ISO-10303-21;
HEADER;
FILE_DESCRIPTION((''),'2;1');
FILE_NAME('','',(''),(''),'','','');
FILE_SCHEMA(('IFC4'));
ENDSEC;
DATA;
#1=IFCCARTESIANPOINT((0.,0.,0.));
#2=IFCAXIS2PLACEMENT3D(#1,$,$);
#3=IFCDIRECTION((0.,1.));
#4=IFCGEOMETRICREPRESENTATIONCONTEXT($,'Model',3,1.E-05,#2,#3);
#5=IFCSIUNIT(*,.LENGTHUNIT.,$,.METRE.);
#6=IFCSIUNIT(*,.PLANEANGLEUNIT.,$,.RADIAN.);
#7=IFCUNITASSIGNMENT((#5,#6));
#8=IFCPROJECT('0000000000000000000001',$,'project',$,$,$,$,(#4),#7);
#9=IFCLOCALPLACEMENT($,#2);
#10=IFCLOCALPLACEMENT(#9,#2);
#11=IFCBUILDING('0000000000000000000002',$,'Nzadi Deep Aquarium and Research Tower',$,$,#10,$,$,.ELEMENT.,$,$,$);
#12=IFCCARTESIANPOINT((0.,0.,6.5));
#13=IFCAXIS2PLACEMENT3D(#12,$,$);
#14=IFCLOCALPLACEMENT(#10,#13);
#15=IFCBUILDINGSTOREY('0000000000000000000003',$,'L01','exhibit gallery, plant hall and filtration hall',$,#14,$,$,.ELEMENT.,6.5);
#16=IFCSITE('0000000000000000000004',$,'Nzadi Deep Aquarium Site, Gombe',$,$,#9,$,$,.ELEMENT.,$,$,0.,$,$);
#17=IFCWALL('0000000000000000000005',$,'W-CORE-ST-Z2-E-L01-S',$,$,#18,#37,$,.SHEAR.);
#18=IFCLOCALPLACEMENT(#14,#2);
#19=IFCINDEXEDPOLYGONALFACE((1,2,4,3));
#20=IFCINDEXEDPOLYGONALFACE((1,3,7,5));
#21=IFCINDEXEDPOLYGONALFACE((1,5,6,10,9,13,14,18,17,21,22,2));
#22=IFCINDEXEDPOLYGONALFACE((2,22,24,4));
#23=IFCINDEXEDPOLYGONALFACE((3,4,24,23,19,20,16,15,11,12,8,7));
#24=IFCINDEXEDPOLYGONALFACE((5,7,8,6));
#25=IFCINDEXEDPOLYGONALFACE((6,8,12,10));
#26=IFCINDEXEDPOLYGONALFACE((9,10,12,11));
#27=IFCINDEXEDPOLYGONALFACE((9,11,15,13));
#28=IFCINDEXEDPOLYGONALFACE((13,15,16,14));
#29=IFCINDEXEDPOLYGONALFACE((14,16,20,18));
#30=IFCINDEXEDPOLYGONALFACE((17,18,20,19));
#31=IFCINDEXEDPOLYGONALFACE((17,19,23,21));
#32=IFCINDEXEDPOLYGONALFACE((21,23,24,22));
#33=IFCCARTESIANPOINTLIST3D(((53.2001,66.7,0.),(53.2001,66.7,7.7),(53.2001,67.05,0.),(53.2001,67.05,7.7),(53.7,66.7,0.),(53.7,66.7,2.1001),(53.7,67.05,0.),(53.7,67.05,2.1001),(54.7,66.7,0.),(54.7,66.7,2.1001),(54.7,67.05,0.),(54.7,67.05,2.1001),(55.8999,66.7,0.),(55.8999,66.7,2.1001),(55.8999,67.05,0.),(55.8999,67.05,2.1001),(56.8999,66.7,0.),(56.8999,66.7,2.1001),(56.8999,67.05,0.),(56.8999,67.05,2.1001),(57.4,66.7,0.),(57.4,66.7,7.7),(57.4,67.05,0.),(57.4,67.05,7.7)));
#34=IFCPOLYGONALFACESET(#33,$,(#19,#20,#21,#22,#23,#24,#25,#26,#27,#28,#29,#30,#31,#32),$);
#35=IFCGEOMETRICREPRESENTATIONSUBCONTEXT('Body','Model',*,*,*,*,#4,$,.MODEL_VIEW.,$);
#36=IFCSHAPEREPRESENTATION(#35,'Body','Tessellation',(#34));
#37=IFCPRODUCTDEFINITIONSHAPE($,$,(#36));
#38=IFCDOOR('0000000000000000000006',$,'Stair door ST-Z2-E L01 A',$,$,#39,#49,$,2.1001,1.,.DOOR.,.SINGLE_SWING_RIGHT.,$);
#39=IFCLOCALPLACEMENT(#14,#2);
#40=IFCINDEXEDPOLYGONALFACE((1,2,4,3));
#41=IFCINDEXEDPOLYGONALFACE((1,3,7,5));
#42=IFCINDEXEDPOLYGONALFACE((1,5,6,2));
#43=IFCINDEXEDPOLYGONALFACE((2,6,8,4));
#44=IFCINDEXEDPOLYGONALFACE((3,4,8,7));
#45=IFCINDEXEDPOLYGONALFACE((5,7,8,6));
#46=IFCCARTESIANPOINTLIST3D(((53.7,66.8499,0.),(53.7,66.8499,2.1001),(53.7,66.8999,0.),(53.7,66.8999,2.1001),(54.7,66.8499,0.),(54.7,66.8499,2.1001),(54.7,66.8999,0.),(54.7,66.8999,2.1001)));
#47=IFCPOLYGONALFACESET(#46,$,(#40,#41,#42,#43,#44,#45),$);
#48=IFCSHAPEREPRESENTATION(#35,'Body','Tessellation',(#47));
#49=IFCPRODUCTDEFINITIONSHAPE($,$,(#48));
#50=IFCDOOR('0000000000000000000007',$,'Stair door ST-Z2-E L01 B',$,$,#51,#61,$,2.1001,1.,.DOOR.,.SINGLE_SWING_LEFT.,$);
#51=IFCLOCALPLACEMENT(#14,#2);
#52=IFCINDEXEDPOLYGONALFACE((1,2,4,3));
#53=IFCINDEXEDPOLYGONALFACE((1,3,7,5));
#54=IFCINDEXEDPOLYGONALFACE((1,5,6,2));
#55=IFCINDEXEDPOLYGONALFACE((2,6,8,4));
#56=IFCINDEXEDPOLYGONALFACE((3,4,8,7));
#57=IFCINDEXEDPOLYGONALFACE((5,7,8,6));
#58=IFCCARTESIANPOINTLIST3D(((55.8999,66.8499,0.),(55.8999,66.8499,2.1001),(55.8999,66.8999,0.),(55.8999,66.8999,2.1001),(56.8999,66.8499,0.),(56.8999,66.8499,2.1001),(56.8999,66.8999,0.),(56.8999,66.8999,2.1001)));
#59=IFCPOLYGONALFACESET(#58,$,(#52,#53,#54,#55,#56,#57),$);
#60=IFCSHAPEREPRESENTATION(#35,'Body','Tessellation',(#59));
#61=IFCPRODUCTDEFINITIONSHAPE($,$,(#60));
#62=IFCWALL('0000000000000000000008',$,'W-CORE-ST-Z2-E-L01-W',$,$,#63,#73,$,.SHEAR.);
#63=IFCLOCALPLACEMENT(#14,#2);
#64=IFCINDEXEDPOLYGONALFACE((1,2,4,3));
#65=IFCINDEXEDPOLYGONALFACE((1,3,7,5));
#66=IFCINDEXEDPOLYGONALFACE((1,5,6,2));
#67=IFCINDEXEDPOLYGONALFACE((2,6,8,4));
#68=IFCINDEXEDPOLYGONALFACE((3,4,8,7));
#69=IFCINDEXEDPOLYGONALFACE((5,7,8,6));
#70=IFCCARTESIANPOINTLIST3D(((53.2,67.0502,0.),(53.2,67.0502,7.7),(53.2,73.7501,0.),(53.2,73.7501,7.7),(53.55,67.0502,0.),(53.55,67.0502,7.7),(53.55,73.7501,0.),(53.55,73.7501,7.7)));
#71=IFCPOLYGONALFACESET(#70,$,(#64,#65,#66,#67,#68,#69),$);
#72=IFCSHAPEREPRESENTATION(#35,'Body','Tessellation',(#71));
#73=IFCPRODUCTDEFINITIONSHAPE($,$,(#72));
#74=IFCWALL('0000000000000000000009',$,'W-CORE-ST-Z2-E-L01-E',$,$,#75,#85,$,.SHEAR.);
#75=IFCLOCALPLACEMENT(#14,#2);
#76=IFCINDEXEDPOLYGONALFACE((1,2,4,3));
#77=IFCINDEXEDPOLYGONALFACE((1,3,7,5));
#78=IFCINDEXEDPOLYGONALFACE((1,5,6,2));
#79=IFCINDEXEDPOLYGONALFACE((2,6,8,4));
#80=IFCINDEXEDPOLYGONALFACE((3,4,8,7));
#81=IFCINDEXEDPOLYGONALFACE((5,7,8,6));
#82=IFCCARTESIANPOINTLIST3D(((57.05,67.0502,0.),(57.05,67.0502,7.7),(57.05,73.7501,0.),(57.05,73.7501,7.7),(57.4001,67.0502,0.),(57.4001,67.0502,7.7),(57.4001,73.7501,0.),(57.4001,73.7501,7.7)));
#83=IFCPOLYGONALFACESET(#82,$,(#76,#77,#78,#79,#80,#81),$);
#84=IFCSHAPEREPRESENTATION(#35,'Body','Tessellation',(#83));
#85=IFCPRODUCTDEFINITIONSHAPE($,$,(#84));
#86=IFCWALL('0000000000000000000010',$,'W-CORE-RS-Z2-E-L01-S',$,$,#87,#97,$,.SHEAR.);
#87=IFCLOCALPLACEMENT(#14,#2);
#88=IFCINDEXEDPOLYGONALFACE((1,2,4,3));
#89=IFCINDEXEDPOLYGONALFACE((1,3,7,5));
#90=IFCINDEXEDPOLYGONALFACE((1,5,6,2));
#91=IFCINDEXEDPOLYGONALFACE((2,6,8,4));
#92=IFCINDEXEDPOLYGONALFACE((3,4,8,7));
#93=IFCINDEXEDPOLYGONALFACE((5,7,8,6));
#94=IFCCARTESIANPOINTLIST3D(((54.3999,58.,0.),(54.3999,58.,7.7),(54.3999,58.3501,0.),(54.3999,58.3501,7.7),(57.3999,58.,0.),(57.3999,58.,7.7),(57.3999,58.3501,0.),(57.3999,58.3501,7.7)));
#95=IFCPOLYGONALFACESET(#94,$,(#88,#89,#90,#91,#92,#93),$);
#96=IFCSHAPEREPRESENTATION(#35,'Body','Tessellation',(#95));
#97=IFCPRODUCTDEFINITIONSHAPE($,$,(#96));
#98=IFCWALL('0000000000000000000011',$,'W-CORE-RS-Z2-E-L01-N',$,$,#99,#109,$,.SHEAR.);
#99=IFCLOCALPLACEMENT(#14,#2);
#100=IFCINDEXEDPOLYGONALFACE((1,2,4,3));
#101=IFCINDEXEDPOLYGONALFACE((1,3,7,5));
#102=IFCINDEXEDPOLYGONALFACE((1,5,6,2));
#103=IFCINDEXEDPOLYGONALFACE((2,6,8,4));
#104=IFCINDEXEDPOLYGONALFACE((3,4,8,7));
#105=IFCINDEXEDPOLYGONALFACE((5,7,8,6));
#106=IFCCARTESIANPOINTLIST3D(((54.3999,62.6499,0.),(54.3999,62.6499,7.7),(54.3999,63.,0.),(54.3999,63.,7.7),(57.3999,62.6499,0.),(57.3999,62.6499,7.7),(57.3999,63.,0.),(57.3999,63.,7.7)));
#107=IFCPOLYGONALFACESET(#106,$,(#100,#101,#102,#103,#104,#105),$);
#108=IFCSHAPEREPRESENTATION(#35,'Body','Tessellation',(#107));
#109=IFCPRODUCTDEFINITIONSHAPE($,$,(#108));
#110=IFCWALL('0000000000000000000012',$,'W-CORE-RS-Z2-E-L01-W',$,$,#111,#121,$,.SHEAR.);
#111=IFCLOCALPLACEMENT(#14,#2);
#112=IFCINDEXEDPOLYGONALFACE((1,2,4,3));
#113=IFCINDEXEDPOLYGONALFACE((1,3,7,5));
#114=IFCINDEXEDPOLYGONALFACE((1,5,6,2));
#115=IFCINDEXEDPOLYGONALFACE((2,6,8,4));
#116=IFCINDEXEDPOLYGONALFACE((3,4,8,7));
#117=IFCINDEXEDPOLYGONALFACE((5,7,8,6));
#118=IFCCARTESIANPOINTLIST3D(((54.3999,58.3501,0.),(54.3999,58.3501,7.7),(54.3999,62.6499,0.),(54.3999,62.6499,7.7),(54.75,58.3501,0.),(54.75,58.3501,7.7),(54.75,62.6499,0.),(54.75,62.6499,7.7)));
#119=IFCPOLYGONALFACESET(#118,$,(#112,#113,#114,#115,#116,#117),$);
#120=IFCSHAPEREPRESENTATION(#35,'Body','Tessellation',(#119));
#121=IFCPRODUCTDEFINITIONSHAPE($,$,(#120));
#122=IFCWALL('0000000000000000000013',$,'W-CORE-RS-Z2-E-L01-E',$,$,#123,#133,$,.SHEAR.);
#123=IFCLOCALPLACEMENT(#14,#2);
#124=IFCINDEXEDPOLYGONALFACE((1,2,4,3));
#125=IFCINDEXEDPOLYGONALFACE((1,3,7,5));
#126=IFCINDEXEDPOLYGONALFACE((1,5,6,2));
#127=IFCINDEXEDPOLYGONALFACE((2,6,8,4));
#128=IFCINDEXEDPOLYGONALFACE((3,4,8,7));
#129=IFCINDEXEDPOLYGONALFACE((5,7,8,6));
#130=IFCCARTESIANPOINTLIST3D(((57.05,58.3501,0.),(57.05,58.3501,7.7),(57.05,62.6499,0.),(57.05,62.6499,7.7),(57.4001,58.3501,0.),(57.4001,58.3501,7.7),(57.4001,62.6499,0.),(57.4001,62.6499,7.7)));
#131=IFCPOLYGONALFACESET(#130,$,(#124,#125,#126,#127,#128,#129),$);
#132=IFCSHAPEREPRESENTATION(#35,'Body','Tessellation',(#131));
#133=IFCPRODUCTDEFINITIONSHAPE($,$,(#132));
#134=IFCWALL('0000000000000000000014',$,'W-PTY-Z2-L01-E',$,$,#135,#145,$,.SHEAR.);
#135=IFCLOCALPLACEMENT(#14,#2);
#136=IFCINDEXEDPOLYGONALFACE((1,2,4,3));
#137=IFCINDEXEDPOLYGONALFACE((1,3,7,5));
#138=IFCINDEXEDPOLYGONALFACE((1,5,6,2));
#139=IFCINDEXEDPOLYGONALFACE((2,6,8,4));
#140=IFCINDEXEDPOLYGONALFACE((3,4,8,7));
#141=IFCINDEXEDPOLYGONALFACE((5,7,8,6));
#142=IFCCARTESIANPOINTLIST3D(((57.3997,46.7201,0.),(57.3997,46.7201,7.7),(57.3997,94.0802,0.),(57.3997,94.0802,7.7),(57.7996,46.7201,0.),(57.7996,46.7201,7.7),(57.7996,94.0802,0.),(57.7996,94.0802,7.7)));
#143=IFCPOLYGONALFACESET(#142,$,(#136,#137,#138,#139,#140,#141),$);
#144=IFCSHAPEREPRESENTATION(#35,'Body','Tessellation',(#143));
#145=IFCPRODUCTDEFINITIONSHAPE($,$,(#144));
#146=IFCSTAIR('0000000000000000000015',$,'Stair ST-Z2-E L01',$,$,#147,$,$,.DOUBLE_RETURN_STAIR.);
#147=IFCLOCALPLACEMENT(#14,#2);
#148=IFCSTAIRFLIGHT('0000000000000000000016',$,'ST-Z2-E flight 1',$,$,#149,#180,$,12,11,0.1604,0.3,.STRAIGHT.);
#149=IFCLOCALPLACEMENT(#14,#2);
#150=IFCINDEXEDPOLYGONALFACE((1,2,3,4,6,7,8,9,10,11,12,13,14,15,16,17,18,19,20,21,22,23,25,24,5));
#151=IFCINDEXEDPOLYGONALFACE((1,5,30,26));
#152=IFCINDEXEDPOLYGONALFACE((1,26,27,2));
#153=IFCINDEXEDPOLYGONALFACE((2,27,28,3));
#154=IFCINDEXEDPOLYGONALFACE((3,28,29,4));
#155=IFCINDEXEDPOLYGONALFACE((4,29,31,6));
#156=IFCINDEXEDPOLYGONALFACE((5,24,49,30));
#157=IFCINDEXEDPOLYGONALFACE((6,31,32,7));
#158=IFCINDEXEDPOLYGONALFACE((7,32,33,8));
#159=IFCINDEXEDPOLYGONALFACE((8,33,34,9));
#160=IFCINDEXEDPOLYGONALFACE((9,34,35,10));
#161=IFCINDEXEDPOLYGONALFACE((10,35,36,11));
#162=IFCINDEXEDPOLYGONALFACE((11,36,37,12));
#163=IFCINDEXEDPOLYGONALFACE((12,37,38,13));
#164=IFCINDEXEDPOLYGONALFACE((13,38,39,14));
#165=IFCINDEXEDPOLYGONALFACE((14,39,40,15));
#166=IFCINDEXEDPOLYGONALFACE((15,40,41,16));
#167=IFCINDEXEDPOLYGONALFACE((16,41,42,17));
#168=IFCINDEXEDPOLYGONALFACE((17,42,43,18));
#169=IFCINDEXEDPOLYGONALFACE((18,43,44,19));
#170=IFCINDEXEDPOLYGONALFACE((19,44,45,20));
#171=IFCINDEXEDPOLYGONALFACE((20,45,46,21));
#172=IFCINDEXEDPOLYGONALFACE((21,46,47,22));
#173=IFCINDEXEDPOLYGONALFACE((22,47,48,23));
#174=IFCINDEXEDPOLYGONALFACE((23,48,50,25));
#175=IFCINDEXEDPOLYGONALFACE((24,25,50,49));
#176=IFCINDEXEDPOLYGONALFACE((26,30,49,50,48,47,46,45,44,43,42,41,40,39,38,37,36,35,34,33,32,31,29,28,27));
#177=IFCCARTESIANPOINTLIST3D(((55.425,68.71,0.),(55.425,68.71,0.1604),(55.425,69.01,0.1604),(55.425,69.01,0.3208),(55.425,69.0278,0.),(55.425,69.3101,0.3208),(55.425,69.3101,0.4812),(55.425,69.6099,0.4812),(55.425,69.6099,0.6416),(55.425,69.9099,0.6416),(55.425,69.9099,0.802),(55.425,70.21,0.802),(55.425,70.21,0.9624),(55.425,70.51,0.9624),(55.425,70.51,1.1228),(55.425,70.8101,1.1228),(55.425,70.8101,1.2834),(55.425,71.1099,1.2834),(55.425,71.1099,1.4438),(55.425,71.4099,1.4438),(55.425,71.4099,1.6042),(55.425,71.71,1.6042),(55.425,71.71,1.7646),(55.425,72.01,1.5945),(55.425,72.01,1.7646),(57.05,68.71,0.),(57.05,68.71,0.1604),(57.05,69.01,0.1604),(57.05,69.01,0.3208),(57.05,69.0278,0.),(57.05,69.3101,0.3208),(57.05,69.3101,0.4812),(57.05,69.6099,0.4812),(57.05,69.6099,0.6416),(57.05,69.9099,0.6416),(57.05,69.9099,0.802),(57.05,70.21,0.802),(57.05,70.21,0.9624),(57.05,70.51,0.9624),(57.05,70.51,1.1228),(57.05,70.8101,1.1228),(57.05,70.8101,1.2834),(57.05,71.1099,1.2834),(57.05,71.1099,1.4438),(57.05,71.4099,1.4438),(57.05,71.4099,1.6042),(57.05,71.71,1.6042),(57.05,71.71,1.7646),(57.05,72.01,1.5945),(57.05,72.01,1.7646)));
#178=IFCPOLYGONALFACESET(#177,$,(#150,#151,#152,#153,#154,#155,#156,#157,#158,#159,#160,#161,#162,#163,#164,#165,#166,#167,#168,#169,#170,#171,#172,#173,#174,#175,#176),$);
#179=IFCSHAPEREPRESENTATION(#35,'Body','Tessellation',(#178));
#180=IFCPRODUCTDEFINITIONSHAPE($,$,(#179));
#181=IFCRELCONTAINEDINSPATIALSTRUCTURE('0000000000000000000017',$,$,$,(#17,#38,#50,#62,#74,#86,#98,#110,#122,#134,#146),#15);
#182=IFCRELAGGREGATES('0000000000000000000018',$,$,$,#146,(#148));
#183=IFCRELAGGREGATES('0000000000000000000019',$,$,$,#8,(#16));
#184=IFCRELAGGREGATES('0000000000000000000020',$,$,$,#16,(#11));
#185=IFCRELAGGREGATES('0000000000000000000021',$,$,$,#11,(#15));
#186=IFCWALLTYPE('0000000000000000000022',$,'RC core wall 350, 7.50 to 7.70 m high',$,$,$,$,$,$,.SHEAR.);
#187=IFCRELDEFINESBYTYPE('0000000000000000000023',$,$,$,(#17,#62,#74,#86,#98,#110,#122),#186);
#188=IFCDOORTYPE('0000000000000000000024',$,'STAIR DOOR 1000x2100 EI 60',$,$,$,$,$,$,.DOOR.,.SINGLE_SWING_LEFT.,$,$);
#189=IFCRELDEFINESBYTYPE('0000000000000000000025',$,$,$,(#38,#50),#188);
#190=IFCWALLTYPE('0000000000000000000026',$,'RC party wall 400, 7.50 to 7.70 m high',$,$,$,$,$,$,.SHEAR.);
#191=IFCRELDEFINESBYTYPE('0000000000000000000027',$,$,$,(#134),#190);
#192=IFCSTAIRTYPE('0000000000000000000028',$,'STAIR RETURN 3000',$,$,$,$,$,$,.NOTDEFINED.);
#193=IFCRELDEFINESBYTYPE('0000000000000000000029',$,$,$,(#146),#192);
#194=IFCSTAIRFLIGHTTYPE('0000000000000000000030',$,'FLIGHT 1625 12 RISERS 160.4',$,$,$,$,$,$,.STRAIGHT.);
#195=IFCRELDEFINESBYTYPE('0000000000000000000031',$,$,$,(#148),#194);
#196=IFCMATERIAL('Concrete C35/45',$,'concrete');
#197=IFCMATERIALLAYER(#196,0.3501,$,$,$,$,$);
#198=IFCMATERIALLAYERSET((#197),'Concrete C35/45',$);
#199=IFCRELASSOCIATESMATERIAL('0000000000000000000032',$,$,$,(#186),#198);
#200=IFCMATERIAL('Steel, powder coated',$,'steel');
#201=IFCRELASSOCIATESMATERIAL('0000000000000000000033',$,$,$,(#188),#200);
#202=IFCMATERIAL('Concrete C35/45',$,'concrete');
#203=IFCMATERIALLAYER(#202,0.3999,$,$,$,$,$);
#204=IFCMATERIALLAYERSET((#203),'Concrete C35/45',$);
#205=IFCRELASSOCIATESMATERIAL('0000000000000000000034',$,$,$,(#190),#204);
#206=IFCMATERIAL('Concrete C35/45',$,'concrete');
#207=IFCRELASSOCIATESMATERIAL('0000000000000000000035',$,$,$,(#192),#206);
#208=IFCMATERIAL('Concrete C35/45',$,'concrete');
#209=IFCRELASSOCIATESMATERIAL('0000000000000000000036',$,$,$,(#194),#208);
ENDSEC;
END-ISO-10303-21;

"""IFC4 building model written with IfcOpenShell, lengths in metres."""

from ifc_helpers import new_model, si_unit, direction, frame, frame_2d, origin, place, context, subcontext, project, spatial, polyline, rectangle, outline, extrude, material, layer, layer_set, type_object, element, fill, aggregate, save


model = new_model("IFC4")

# Units and contexts
model_context = context("Model", 3, precision=1e-05, world=origin(), true_north=direction((0.0, 1.0)))
body_context = subcontext(model_context, "Body", "Model", "MODEL_VIEW")
ifc_project = project(units=[si_unit("LENGTHUNIT", "METRE"), si_unit("PLANEANGLEUNIT", "RADIAN")], contexts=[model_context])

# Site, building, storey
site_placement = place(None, origin())
site = spatial("IfcSite", under=ifc_project, at=site_placement, Name="Nzadi Deep Aquarium Site, Gombe", CompositionType="ELEMENT", RefElevation=0.0)
building_placement = place(site_placement, origin())
building = spatial("IfcBuilding", under=site, at=building_placement, Name="Nzadi Deep Aquarium and Research Tower", CompositionType="ELEMENT")
storey_placement = place(building_placement, frame((0.0, 0.0, 6.5)))
storey = spatial("IfcBuildingStorey", under=building, at=storey_placement, Name="L01", Description="exhibit gallery, plant hall and filtration hall", CompositionType="ELEMENT", Elevation=6.5)

# Wall, openings, doors
ifc_material_1 = material(Name="Concrete C35/45", Category="concrete")
ifc_layer_1 = layer(ifc_material_1, 0.3501)
ifc_layer_set_1 = layer_set([ifc_layer_1], Name="Concrete C35/45")
wall_type_1 = type_object("IfcWallType", Name="RC core wall 350, 7.50 to 7.70 m high", PredefinedType="SHEAR", material=ifc_layer_set_1)
wall_1_placement = place(storey_placement, frame((53.2, 66.875, 0.0), z_axis=(0.0, 0.0, 1.0), x_axis=(1.0, 0.0, 0.0)))
wall_1 = element("IfcWall", 1, at=wall_1_placement, inside=storey, type_object=wall_type_1, Name="W-CORE-ST-Z2-E-L01-S", PredefinedType="SHEAR", context=body_context, shape_type="SweptSolid", body=[
    extrude(rectangle(XDim=4.2, YDim=0.3501, at=frame_2d((2.1001, 0.0))), origin(), (0.0, 0.0, 1.0), 7.7),
])
opening_1_placement = place(wall_1_placement, frame((0.5, 0.0, 0.0)))
opening_1 = element("IfcOpeningElement", 2, at=opening_1_placement, cuts=wall_1, PredefinedType="OPENING", context=body_context, shape_type="SweptSolid", body=[
    extrude(rectangle(XDim=1.0, YDim=2.1001, at=frame_2d((0.5, 1.05))), frame((0.0, 0.1851, 0.0), z_axis=(0.0, -1.0, 0.0), x_axis=(1.0, 0.0, 0.0)), (0.0, 0.0, 1.0), 0.3701),
])
opening_2_placement = place(wall_1_placement, frame((2.7, 0.0, 0.0)))
opening_2 = element("IfcOpeningElement", 3, at=opening_2_placement, cuts=wall_1, PredefinedType="OPENING", context=body_context, shape_type="SweptSolid", body=[
    extrude(rectangle(XDim=1.0, YDim=2.1001, at=frame_2d((0.5, 1.05))), frame((0.0, 0.1851, 0.0), z_axis=(0.0, -1.0, 0.0), x_axis=(1.0, 0.0, 0.0)), (0.0, 0.0, 1.0), 0.3701),
])
ifc_material_2 = material(Name="Steel, powder coated", Category="steel")
door_type_1 = type_object("IfcDoorType", Name="STAIR DOOR 1000x2100 EI 60", OperationType="SINGLE_SWING_LEFT", PredefinedType="DOOR", material=ifc_material_2)
door_1_placement = place(opening_1_placement, origin())
door_1 = element("IfcDoor", 4, at=door_1_placement, inside=storey, type_object=door_type_1, Name="Stair door ST-Z2-E L01 A", OperationType="SINGLE_SWING_RIGHT", OverallHeight=2.1001, OverallWidth=1.0, PredefinedType="DOOR", context=body_context, shape_type="SweptSolid", body=[
    extrude(rectangle(XDim=1.0, YDim=2.1001, at=frame_2d((0.5, 1.05))), frame((0.0, 0.0249, 0.0), z_axis=(0.0, -1.0, 0.0), x_axis=(1.0, 0.0, 0.0)), (0.0, 0.0, 1.0), 0.05),
])
fill(opening_1, door_1)
door_2_placement = place(opening_2_placement, origin())
door_2 = element("IfcDoor", 5, at=door_2_placement, inside=storey, type_object=door_type_1, Name="Stair door ST-Z2-E L01 B", OperationType="SINGLE_SWING_LEFT", OverallHeight=2.1001, OverallWidth=1.0, PredefinedType="DOOR", context=body_context, shape_type="SweptSolid", body=[
    extrude(rectangle(XDim=1.0, YDim=2.1001, at=frame_2d((0.5, 1.05))), frame((0.0, 0.0249, 0.0), z_axis=(0.0, -1.0, 0.0), x_axis=(1.0, 0.0, 0.0)), (0.0, 0.0, 1.0), 0.05),
])
fill(opening_2, door_2)

# Walls
for number, where, z_axis, x_axis, name in (
    (6, (53.375, 67.05, 0.0), (0.0, 0.0, 1.0), (0.0, 1.0, 0.0), "W-CORE-ST-Z2-E-L01-W"),
    (7, (57.2251, 67.05, 0.0), (0.0, 0.0, 1.0), (0.0, 1.0, 0.0), "W-CORE-ST-Z2-E-L01-E"),
):
    element("IfcWall", number, at=place(storey_placement, frame(where, z_axis=z_axis, x_axis=x_axis)), inside=storey, type_object=wall_type_1, Name=name, PredefinedType="SHEAR", context=body_context, shape_type="SweptSolid", body=[
        extrude(rectangle(XDim=6.7, YDim=0.3501, at=frame_2d((3.3501, 0.0))), origin(), (0.0, 0.0, 1.0), 7.7),
    ])
for number, where, z_axis, x_axis, name in (
    (8, (54.3999, 58.175, 0.0), (0.0, 0.0, 1.0), (1.0, 0.0, 0.0), "W-CORE-RS-Z2-E-L01-S"),
    (9, (54.3999, 62.825, 0.0), (0.0, 0.0, 1.0), (1.0, 0.0, 0.0), "W-CORE-RS-Z2-E-L01-N"),
):
    element("IfcWall", number, at=place(storey_placement, frame(where, z_axis=z_axis, x_axis=x_axis)), inside=storey, type_object=wall_type_1, Name=name, PredefinedType="SHEAR", context=body_context, shape_type="SweptSolid", body=[
        extrude(rectangle(XDim=3.0, YDim=0.3501, at=frame_2d((1.5, 0.0))), origin(), (0.0, 0.0, 1.0), 7.7),
    ])
for number, where, z_axis, x_axis, name in (
    (10, (54.575, 58.3501, 0.0), (0.0, 0.0, 1.0), (0.0, 1.0, 0.0), "W-CORE-RS-Z2-E-L01-W"),
    (11, (57.2251, 58.3501, 0.0), (0.0, 0.0, 1.0), (0.0, 1.0, 0.0), "W-CORE-RS-Z2-E-L01-E"),
):
    element("IfcWall", number, at=place(storey_placement, frame(where, z_axis=z_axis, x_axis=x_axis)), inside=storey, type_object=wall_type_1, Name=name, PredefinedType="SHEAR", context=body_context, shape_type="SweptSolid", body=[
        extrude(rectangle(XDim=4.2998, YDim=0.3501, at=frame_2d((2.1499, 0.0))), origin(), (0.0, 0.0, 1.0), 7.7),
    ])
ifc_material_3 = material(Name="Concrete C35/45", Category="concrete")
ifc_layer_2 = layer(ifc_material_3, 0.3999)
ifc_layer_set_2 = layer_set([ifc_layer_2], Name="Concrete C35/45")
wall_type_2 = type_object("IfcWallType", Name="RC party wall 400, 7.50 to 7.70 m high", PredefinedType="SHEAR", material=ifc_layer_set_2)
wall_2_placement = place(storey_placement, frame((57.5996, 46.72, 0.0), z_axis=(0.0, 0.0, 1.0), x_axis=(0.0, 1.0, 0.0)))
element("IfcWall", 12, at=wall_2_placement, inside=storey, type_object=wall_type_2, Name="W-PTY-Z2-L01-E", PredefinedType="SHEAR", context=body_context, shape_type="SweptSolid", body=[
    extrude(rectangle(XDim=47.3601, YDim=0.3999, at=frame_2d((23.6802, 0.0))), origin(), (0.0, 0.0, 1.0), 7.7),
])

# Stair, stair flight
ifc_material_4 = material(Name="Concrete C35/45", Category="concrete")
stair_type = type_object("IfcStairType", Name="STAIR RETURN 3000", PredefinedType="NOTDEFINED", material=ifc_material_4)
stair_placement = place(storey_placement, origin())
stair = element("IfcStair", 13, at=stair_placement, inside=storey, type_object=stair_type, Name="Stair ST-Z2-E L01", PredefinedType="DOUBLE_RETURN_STAIR")
ifc_material_5 = material(Name="Concrete C35/45", Category="concrete")
stair_flight_type = type_object("IfcStairFlightType", Name="FLIGHT 1625 12 RISERS 160.4", PredefinedType="STRAIGHT", material=ifc_material_5)
stair_flight_1_placement = place(storey_placement, frame((56.2375, 68.71, 0.0), z_axis=(0.0, 0.0, 1.0), x_axis=(0.0, 1.0, 0.0)))
stair_flight_1 = element("IfcStairFlight", 14, at=stair_flight_1_placement, type_object=stair_flight_type, Name="ST-Z2-E flight 1", NumberOfRisers=12, NumberOfTreads=11, PredefinedType="STRAIGHT", RiserHeight=0.1604, TreadLength=0.3, context=body_context, shape_type="SweptSolid", body=[
    extrude(outline(polyline([(0.0, 0.0), (0.0, 0.1604), (0.3, 0.1604), (0.3, 0.3208), (0.6001, 0.3208), (0.6001, 0.4812), (0.8999, 0.4812), (0.8999, 0.6416), (1.2, 0.6416), (1.2, 0.802), (1.5, 0.802), (1.5, 0.9624), (1.8, 0.9624), (1.8, 1.1228), (2.1001, 1.1228), (2.1001, 1.2834), (2.3999, 1.2834), (2.3999, 1.4438), (2.7, 1.4438), (2.7, 1.6042), (3.0, 1.6042), (3.0, 1.7646), (3.3, 1.7646), (3.3, 1.925), (3.3, 1.5945), (0.3179, 0.0), (0.0, 0.0)])), frame((0.0, 0.8125, 0.0), z_axis=(0.0, -1.0, 0.0), x_axis=(1.0, 0.0, 0.0)), (0.0, 0.0, 1.0), 1.625),
])
aggregate(stair, [stair_flight_1])

save(model, "model.ifc")
